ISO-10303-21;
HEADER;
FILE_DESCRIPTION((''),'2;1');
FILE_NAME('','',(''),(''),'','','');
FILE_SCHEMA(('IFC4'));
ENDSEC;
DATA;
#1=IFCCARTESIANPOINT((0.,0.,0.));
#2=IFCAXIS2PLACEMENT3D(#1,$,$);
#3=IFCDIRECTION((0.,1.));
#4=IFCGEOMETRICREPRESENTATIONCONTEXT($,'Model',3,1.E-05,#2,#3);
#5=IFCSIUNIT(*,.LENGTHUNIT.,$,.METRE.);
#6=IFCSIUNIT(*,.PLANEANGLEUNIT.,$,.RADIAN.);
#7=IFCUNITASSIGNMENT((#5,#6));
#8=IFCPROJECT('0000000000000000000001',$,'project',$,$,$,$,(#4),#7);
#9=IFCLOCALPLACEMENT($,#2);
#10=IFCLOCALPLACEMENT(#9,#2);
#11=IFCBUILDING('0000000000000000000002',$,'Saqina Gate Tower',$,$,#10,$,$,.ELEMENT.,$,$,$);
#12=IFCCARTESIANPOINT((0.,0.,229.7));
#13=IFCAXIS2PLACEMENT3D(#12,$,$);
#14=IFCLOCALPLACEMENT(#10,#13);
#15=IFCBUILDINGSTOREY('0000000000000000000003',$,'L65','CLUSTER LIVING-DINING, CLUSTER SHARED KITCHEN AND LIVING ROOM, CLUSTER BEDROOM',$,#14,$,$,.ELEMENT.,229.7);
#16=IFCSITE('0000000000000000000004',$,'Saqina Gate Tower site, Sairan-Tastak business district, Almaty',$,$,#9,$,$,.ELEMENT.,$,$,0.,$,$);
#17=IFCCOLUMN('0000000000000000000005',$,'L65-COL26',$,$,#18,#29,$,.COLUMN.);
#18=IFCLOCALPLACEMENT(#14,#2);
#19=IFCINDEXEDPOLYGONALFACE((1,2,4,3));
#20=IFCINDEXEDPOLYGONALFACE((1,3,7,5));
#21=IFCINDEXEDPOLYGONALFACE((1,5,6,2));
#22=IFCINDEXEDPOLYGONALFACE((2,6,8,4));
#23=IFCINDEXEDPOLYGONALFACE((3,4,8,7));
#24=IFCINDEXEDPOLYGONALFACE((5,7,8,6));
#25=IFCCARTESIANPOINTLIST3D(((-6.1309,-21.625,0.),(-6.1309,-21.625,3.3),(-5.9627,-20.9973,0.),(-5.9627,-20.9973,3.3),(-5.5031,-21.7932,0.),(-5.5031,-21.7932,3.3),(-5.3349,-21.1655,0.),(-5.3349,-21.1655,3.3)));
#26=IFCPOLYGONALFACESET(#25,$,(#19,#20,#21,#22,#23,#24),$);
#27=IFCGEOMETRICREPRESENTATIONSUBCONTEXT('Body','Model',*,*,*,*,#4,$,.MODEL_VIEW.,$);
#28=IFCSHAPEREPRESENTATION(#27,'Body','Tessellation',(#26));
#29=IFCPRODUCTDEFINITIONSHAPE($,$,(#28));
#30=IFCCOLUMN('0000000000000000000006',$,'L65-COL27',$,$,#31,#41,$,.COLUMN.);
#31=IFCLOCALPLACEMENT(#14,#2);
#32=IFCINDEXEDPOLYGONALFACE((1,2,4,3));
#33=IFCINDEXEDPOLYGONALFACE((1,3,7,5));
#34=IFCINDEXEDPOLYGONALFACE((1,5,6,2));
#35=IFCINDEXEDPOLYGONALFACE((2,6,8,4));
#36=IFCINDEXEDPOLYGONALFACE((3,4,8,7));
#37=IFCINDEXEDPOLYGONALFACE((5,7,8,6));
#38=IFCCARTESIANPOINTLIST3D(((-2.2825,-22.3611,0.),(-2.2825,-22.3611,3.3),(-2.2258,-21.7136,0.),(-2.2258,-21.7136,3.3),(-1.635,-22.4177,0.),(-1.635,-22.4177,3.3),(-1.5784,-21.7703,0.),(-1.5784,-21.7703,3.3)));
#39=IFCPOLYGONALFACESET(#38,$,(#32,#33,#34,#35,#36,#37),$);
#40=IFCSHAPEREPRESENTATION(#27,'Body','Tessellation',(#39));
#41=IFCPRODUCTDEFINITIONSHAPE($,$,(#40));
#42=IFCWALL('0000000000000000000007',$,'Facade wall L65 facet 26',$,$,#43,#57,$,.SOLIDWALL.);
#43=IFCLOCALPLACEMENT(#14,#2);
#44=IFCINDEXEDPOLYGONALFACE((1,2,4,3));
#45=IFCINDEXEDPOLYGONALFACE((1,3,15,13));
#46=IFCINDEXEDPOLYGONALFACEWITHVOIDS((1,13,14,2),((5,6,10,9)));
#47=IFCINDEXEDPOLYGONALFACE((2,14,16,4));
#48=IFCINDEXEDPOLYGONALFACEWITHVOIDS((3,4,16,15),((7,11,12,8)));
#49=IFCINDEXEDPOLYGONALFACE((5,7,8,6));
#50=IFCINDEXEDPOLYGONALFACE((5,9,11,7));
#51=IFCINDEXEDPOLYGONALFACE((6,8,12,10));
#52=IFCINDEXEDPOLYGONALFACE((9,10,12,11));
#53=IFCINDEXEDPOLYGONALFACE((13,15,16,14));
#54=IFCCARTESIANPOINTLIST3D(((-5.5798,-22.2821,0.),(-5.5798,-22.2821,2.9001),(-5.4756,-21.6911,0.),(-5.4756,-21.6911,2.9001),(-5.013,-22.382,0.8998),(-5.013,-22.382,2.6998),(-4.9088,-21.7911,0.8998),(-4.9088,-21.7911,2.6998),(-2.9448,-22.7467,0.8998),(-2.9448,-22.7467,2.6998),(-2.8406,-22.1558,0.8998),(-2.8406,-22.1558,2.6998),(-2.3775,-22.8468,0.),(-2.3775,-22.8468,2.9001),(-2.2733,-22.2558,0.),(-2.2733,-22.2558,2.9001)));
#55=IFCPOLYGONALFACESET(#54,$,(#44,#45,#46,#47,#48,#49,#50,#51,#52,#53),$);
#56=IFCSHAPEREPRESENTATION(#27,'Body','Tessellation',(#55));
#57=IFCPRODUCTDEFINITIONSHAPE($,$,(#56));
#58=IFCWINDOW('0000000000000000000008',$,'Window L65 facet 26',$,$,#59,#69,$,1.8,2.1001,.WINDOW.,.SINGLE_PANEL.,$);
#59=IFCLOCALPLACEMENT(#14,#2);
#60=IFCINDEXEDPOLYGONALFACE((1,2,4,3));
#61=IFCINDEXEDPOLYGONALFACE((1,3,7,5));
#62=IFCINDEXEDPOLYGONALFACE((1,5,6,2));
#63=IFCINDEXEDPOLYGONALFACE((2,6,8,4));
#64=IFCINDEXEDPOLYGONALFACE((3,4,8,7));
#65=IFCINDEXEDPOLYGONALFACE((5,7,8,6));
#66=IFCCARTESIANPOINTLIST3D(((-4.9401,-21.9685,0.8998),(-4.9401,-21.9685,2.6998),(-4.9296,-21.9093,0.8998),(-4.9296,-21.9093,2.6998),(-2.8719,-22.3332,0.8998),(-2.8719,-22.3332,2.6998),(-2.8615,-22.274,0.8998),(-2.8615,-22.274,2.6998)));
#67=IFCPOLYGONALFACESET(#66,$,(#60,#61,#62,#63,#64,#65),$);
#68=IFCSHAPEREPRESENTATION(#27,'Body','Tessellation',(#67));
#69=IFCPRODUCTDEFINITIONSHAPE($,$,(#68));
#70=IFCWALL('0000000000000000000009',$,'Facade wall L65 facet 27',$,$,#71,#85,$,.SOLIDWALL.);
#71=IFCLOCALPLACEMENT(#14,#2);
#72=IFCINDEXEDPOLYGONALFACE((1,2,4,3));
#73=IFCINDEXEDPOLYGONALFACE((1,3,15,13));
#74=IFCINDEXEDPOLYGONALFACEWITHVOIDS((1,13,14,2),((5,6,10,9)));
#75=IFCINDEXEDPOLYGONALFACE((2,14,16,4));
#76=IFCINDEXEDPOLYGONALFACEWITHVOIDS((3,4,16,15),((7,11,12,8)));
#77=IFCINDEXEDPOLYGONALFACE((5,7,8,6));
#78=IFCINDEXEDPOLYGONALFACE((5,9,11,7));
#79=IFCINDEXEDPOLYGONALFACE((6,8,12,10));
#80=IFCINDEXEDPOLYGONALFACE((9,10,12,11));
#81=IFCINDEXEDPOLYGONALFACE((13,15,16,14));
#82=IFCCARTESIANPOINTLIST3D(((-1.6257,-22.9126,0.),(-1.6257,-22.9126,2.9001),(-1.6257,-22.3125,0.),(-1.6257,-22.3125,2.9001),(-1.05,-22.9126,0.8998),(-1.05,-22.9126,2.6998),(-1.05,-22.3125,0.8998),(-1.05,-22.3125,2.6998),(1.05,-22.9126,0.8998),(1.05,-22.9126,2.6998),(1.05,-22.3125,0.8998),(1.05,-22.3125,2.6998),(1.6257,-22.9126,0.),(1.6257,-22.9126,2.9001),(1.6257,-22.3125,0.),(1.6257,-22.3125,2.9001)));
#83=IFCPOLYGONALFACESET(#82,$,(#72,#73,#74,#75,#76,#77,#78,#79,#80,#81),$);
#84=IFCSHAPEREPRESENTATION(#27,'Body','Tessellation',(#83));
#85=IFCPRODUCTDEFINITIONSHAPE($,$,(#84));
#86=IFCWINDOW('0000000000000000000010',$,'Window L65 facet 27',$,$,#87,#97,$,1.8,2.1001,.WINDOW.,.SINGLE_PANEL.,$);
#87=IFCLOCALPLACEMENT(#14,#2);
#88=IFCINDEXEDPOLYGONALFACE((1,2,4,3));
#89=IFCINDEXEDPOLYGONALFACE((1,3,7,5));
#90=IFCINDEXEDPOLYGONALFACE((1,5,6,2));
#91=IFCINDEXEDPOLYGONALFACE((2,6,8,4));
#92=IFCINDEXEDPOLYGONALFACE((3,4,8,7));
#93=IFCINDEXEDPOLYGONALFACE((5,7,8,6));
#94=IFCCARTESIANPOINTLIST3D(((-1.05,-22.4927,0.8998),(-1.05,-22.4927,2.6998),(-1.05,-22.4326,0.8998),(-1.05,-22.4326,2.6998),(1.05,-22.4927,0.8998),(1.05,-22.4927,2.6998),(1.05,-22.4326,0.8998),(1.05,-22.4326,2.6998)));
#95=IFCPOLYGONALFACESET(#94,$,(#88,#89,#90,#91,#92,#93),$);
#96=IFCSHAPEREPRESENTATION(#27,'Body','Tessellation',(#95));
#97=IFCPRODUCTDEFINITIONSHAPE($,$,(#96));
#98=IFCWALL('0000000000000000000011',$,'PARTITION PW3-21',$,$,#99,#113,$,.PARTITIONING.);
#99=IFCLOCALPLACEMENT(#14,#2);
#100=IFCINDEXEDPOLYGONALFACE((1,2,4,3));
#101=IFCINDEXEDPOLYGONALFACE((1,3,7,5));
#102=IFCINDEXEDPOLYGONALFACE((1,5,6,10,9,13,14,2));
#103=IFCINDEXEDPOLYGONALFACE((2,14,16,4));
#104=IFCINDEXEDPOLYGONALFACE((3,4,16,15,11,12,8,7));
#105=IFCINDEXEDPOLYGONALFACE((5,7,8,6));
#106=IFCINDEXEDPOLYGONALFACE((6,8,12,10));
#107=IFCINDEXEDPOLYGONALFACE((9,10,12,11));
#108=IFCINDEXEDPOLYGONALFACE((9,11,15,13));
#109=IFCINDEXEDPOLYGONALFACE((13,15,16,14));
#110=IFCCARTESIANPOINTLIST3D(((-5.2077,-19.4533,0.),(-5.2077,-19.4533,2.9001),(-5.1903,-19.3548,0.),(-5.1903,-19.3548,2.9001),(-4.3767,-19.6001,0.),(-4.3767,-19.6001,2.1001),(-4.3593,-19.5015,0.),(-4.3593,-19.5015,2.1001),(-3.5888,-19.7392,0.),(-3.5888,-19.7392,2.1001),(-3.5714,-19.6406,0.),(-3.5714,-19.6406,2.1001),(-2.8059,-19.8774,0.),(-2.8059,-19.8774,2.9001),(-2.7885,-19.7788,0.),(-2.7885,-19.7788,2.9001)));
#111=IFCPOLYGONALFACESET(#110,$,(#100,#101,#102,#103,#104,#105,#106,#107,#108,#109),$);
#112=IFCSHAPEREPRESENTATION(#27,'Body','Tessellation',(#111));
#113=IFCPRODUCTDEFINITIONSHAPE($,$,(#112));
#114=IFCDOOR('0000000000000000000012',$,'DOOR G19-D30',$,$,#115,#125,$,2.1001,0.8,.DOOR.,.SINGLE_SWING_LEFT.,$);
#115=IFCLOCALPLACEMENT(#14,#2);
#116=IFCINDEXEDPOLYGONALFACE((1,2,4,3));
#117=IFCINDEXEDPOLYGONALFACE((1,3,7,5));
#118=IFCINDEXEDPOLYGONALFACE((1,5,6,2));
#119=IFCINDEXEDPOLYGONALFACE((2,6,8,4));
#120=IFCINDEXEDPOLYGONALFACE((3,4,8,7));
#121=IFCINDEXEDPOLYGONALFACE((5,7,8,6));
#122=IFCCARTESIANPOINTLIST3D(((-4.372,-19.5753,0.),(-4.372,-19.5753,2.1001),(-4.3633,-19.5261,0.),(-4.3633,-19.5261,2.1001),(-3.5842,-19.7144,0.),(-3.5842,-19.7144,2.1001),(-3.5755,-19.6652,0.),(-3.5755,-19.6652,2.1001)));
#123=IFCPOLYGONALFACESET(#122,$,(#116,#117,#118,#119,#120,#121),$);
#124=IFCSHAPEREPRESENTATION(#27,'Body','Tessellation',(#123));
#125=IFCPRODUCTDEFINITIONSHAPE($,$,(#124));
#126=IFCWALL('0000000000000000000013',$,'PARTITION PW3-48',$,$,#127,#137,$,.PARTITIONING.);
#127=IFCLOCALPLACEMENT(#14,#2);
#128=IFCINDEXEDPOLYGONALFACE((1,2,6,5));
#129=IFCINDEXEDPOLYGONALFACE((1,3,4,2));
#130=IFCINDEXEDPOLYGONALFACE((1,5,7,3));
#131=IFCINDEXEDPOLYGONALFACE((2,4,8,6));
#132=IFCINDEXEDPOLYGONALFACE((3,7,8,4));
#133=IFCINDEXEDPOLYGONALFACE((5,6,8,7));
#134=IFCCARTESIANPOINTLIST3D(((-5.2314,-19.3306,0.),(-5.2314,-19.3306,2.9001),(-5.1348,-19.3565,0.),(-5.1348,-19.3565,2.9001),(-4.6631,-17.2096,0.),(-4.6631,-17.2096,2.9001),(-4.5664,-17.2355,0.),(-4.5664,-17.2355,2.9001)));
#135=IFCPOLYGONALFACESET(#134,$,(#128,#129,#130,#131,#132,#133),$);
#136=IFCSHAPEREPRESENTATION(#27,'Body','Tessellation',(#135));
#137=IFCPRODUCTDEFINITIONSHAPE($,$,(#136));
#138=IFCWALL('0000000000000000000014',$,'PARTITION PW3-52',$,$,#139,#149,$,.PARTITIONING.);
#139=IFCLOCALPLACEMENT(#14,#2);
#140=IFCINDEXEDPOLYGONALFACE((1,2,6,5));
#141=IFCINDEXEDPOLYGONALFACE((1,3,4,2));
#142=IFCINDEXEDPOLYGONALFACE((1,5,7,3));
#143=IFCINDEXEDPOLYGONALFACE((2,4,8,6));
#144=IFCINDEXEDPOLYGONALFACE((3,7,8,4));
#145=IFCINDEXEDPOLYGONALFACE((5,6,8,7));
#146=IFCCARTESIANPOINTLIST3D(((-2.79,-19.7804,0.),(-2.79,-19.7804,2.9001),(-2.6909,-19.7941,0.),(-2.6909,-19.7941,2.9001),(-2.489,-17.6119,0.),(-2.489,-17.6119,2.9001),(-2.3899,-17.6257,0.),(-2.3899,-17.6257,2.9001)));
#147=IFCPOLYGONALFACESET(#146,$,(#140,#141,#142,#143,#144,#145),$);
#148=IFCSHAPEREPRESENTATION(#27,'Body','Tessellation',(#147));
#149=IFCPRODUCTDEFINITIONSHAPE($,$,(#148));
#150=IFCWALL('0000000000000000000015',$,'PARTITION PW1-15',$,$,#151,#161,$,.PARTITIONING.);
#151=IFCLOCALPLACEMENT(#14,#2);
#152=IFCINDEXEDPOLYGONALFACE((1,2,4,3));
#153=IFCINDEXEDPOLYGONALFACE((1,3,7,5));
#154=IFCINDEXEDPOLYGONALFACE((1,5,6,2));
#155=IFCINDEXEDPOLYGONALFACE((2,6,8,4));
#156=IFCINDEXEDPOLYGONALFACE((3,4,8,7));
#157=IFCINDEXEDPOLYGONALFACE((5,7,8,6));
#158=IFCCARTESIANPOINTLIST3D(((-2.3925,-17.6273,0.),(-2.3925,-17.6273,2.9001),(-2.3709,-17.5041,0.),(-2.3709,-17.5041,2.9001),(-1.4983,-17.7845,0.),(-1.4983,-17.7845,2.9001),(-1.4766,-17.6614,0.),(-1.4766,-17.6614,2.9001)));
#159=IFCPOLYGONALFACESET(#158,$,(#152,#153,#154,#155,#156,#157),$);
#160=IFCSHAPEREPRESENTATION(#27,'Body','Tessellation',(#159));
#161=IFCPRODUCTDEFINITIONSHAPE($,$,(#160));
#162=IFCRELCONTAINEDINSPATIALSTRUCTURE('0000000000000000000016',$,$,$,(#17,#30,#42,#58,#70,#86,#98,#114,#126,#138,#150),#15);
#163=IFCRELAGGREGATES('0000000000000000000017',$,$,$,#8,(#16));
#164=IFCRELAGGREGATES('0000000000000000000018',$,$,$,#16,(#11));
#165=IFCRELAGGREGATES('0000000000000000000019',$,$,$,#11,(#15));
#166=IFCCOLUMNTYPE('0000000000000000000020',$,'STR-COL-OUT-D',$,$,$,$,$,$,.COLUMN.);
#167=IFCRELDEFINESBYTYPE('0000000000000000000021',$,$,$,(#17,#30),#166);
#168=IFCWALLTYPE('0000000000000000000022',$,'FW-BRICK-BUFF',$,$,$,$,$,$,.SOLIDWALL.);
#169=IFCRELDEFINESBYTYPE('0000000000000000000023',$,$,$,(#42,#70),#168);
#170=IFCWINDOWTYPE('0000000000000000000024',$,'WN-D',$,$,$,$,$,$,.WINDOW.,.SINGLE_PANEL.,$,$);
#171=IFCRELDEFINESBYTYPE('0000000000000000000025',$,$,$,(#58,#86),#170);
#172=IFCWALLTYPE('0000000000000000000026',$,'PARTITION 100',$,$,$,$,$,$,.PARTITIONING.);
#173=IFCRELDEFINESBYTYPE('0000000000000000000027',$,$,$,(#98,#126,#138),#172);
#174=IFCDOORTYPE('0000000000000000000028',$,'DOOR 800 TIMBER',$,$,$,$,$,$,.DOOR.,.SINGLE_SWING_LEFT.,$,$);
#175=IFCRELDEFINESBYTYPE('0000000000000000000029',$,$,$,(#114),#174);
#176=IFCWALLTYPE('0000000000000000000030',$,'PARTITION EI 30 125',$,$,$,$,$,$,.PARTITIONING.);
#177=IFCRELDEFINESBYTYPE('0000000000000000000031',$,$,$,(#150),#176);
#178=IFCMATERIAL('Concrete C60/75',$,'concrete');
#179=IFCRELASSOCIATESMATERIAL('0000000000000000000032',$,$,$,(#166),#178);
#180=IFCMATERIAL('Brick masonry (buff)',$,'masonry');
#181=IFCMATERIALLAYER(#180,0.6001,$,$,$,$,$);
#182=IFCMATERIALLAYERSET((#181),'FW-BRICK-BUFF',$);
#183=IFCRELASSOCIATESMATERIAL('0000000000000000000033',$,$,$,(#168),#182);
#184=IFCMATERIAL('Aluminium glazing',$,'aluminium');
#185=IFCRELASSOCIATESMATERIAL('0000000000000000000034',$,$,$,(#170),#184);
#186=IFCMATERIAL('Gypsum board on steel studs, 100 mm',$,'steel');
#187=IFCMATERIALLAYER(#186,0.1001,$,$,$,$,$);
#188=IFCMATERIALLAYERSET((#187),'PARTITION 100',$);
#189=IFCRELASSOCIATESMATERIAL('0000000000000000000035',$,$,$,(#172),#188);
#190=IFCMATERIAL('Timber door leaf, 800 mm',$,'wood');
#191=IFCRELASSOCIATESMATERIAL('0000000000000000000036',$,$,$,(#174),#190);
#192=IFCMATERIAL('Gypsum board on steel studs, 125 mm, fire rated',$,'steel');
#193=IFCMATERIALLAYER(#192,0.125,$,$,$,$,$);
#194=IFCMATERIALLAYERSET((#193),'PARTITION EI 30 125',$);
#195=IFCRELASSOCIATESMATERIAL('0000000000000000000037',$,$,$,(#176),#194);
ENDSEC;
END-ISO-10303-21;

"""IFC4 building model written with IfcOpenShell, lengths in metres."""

from ifc_helpers import new_model, si_unit, direction, frame, frame_2d, origin, origin_2d, place, context, subcontext, project, spatial, rectangle, extrude, material, layer, layer_set, material_profile, profile_set, type_object, element, fill, save


model = new_model("IFC4")

# Units and contexts
model_context = context("Model", 3, precision=1e-05, world=origin(), true_north=direction((0.0, 1.0)))
body_context = subcontext(model_context, "Body", "Model", "MODEL_VIEW")
ifc_project = project(units=[si_unit("LENGTHUNIT", "METRE"), si_unit("PLANEANGLEUNIT", "RADIAN")], contexts=[model_context])

# Site, building, storey
site_placement = place(None, origin())
site = spatial("IfcSite", under=ifc_project, at=site_placement, Name="Saqina Gate Tower site, Sairan-Tastak business district, Almaty", CompositionType="ELEMENT", RefElevation=0.0)
building_placement = place(site_placement, origin())
building = spatial("IfcBuilding", under=site, at=building_placement, Name="Saqina Gate Tower", CompositionType="ELEMENT")
storey_placement = place(building_placement, frame((0.0, 0.0, 229.7)))
storey = spatial("IfcBuildingStorey", under=building, at=storey_placement, Name="L65", Description="CLUSTER LIVING-DINING, CLUSTER SHARED KITCHEN AND LIVING ROOM, CLUSTER BEDROOM", CompositionType="ELEMENT", Elevation=229.7)

# Columns
ifc_material_1 = material(Name="Concrete C60/75", Category="concrete")
ifc_material_profile = material_profile(ifc_material_1, rectangle(XDim=0.6499, YDim=0.6499, at=origin_2d()), Name="RC 650x650")
ifc_profile_set = profile_set([ifc_material_profile], Name="Concrete C60/75")
column_type = type_object("IfcColumnType", Name="STR-COL-OUT-D", PredefinedType="COLUMN", material=ifc_profile_set)
for number, where, z_axis, x_axis, name in (
    (1, (-5.7329, -21.3953, 0.0), (0.0, 0.0, 1.0), (-0.258819, -0.965926, 0.0), "L65-COL26"),
    (2, (-1.9304, -22.0657, 0.0), (0.0, 0.0, 1.0), (-0.087156, -0.996195, 0.0), "L65-COL27"),
):
    element("IfcColumn", number, at=place(storey_placement, frame(where, z_axis=z_axis, x_axis=x_axis)), inside=storey, type_object=column_type, Name=name, PredefinedType="COLUMN", context=body_context, shape_type="SweptSolid", body=[
        extrude(rectangle(XDim=0.6499, YDim=0.6499, at=origin_2d()), origin(), (0.0, 0.0, 1.0), 3.3),
    ])

# Walls, openings, windows
ifc_material_2 = material(Name="Brick masonry (buff)", Category="masonry")
ifc_layer_1 = layer(ifc_material_2, 0.6001)
ifc_layer_set_1 = layer_set([ifc_layer_1], Name="FW-BRICK-BUFF")
wall_type_1 = type_object("IfcWallType", Name="FW-BRICK-BUFF", PredefinedType="SOLIDWALL", material=ifc_layer_set_1)
wall_1_placement = place(storey_placement, frame((-5.5278, -21.9866, 0.0), z_axis=(0.0, 0.0, 1.0), x_axis=(0.984806, -0.173657, 0.0)))
wall_1 = element("IfcWall", 3, at=wall_1_placement, inside=storey, type_object=wall_type_1, Name="Facade wall L65 facet 26", PredefinedType="SOLIDWALL", context=body_context, shape_type="SweptSolid", body=[
    extrude(rectangle(XDim=3.2517, YDim=0.6001, at=frame_2d((1.626, 0.0))), origin(), (0.0, 0.0, 1.0), 2.9001),
])
opening_1_placement = place(wall_1_placement, frame((0.5757, 0.0, 0.8999)))
opening_1 = element("IfcOpeningElement", 4, at=opening_1_placement, cuts=wall_1, PredefinedType="OPENING", context=body_context, shape_type="SweptSolid", body=[
    extrude(rectangle(XDim=2.1001, YDim=1.8, at=frame_2d((1.05, 0.8999))), frame((0.0, 0.312, 0.0), z_axis=(0.0, -1.0, 0.0), x_axis=(1.0, 0.0, 0.0)), (0.0, 0.0, 1.0), 0.624),
])
ifc_material_3 = material(Name="Aluminium glazing", Category="aluminium")
window_type = type_object("IfcWindowType", Name="WN-D", PartitioningType="SINGLE_PANEL", PredefinedType="WINDOW", material=ifc_material_3)
window_1_placement = place(opening_1_placement, origin())
window_1 = element("IfcWindow", 5, at=window_1_placement, inside=storey, type_object=window_type, Name="Window L65 facet 26", OverallHeight=1.8, OverallWidth=2.1001, PartitioningType="SINGLE_PANEL", PredefinedType="WINDOW", context=body_context, shape_type="SweptSolid", body=[
    extrude(rectangle(XDim=2.1001, YDim=1.8, at=frame_2d((1.05, 0.8999))), frame((0.0, 0.1799, 0.0), z_axis=(0.0, -1.0, 0.0), x_axis=(1.0, 0.0, 0.0)), (0.0, 0.0, 1.0), 0.0601),
])
fill(opening_1, window_1)
wall_2_placement = place(storey_placement, frame((-1.6257, -22.6125, 0.0), z_axis=(0.0, 0.0, 1.0), x_axis=(1.0, 0.0, 0.0)))
wall_2 = element("IfcWall", 6, at=wall_2_placement, inside=storey, type_object=wall_type_1, Name="Facade wall L65 facet 27", PredefinedType="SOLIDWALL", context=body_context, shape_type="SweptSolid", body=[
    extrude(rectangle(XDim=3.2515, YDim=0.6001, at=frame_2d((1.6257, 0.0))), origin(), (0.0, 0.0, 1.0), 2.9001),
])
opening_2_placement = place(wall_2_placement, frame((0.5757, 0.0, 0.8999)))
opening_2 = element("IfcOpeningElement", 7, at=opening_2_placement, cuts=wall_2, PredefinedType="OPENING", context=body_context, shape_type="SweptSolid", body=[
    extrude(rectangle(XDim=2.1001, YDim=1.8, at=frame_2d((1.05, 0.8999))), frame((0.0, 0.312, 0.0), z_axis=(0.0, -1.0, 0.0), x_axis=(1.0, 0.0, 0.0)), (0.0, 0.0, 1.0), 0.624),
])
window_2_placement = place(opening_2_placement, origin())
window_2 = element("IfcWindow", 8, at=window_2_placement, inside=storey, type_object=window_type, Name="Window L65 facet 27", OverallHeight=1.8, OverallWidth=2.1001, PartitioningType="SINGLE_PANEL", PredefinedType="WINDOW", context=body_context, shape_type="SweptSolid", body=[
    extrude(rectangle(XDim=2.1001, YDim=1.8, at=frame_2d((1.05, 0.8999))), frame((0.0, 0.1799, 0.0), z_axis=(0.0, -1.0, 0.0), x_axis=(1.0, 0.0, 0.0)), (0.0, 0.0, 1.0), 0.0601),
])
fill(opening_2, window_2)

# Wall, opening, door
ifc_material_4 = material(Name="Gypsum board on steel studs, 100 mm", Category="steel")
ifc_layer_2 = layer(ifc_material_4, 0.1001)
ifc_layer_set_2 = layer_set([ifc_layer_2], Name="PARTITION 100")
wall_type_2 = type_object("IfcWallType", Name="PARTITION 100", PredefinedType="PARTITIONING", material=ifc_layer_set_2)
wall_3_placement = place(storey_placement, frame((-5.199, -19.4041, 0.0), z_axis=(0.0, 0.0, 1.0), x_axis=(0.984768, -0.173871, 0.0)))
wall_3 = element("IfcWall", 9, at=wall_3_placement, inside=storey, type_object=wall_type_2, Name="PARTITION PW3-21", PredefinedType="PARTITIONING", context=body_context, shape_type="SweptSolid", body=[
    extrude(rectangle(XDim=2.439, YDim=0.1001, at=frame_2d((1.2195, 0.0))), origin(), (0.0, 0.0, 1.0), 2.9001),
])
opening_3_placement = place(wall_3_placement, frame((0.844, 0.0, 0.0)))
opening_3 = element("IfcOpeningElement", 10, at=opening_3_placement, cuts=wall_3, PredefinedType="OPENING", context=body_context, shape_type="SweptSolid", body=[
    extrude(rectangle(XDim=0.8, YDim=2.1001, at=frame_2d((0.3999, 1.05))), frame((0.0, 0.062, 0.0), z_axis=(0.0, -1.0, 0.0), x_axis=(1.0, 0.0, 0.0)), (0.0, 0.0, 1.0), 0.124),
])
ifc_material_5 = material(Name="Timber door leaf, 800 mm", Category="wood")
door_type_1 = type_object("IfcDoorType", Name="DOOR 800 TIMBER", OperationType="SINGLE_SWING_LEFT", PredefinedType="DOOR", material=ifc_material_5)
door_1_placement = place(opening_3_placement, frame((0.8, 0.0, 0.0), z_axis=(0.0, 0.0, 1.0), x_axis=(-1.0, 0.0, 0.0)))
door_1 = element("IfcDoor", 11, at=door_1_placement, inside=storey, type_object=door_type_1, Name="DOOR G19-D30", OperationType="SINGLE_SWING_LEFT", OverallHeight=2.1001, OverallWidth=0.8, PredefinedType="DOOR", context=body_context, shape_type="SweptSolid", body=[
    extrude(rectangle(XDim=0.8, YDim=2.1001, at=frame_2d((0.3999, 1.05))), frame((0.0, 0.0249, 0.0), z_axis=(0.0, -1.0, 0.0), x_axis=(1.0, 0.0, 0.0)), (0.0, 0.0, 1.0), 0.05),
])
fill(opening_3, door_1)

# Walls
wall_4_placement = place(storey_placement, frame((-5.1831, -19.3435, 0.0), z_axis=(0.0, 0.0, 1.0), x_axis=(0.258825, 0.965924, 0.0)))
element("IfcWall", 12, at=wall_4_placement, inside=storey, type_object=wall_type_2, Name="PARTITION PW3-48", PredefinedType="PARTITIONING", context=body_context, shape_type="SweptSolid", body=[
    extrude(rectangle(XDim=2.1958, YDim=0.1001, at=frame_2d((1.0979, 0.0))), origin(), (0.0, 0.0, 1.0), 2.9001),
])
wall_5_placement = place(storey_placement, frame((-2.7405, -19.7874, 0.0), z_axis=(0.0, 0.0, 1.0), x_axis=(0.137502, 0.990502, 0.0)))
element("IfcWall", 13, at=wall_5_placement, inside=storey, type_object=wall_type_2, Name="PARTITION PW3-52", PredefinedType="PARTITIONING", context=body_context, shape_type="SweptSolid", body=[
    extrude(rectangle(XDim=2.1892, YDim=0.1001, at=frame_2d((1.0947, 0.0))), origin(), (0.0, 0.0, 1.0), 2.9001),
])
ifc_material_6 = material(Name="Gypsum board on steel studs, 125 mm, fire rated", Category="steel")
ifc_layer_3 = layer(ifc_material_6, 0.125)
ifc_layer_set_3 = layer_set([ifc_layer_3], Name="PARTITION EI 30 125")
wall_type_3 = type_object("IfcWallType", Name="PARTITION EI 30 125", PredefinedType="PARTITIONING", material=ifc_layer_set_3)
wall_6_placement = place(storey_placement, frame((-2.3818, -17.5657, 0.0), z_axis=(0.0, 0.0, 1.0), x_axis=(0.984894, -0.173156, 0.0)))
element("IfcWall", 14, at=wall_6_placement, inside=storey, type_object=wall_type_3, Name="PARTITION PW1-15", PredefinedType="PARTITIONING", context=body_context, shape_type="SweptSolid", body=[
    extrude(rectangle(XDim=0.908, YDim=0.125, at=frame_2d((0.4541, 0.0))), origin(), (0.0, 0.0, 1.0), 2.9001),
])

save(model, "model.ifc")
